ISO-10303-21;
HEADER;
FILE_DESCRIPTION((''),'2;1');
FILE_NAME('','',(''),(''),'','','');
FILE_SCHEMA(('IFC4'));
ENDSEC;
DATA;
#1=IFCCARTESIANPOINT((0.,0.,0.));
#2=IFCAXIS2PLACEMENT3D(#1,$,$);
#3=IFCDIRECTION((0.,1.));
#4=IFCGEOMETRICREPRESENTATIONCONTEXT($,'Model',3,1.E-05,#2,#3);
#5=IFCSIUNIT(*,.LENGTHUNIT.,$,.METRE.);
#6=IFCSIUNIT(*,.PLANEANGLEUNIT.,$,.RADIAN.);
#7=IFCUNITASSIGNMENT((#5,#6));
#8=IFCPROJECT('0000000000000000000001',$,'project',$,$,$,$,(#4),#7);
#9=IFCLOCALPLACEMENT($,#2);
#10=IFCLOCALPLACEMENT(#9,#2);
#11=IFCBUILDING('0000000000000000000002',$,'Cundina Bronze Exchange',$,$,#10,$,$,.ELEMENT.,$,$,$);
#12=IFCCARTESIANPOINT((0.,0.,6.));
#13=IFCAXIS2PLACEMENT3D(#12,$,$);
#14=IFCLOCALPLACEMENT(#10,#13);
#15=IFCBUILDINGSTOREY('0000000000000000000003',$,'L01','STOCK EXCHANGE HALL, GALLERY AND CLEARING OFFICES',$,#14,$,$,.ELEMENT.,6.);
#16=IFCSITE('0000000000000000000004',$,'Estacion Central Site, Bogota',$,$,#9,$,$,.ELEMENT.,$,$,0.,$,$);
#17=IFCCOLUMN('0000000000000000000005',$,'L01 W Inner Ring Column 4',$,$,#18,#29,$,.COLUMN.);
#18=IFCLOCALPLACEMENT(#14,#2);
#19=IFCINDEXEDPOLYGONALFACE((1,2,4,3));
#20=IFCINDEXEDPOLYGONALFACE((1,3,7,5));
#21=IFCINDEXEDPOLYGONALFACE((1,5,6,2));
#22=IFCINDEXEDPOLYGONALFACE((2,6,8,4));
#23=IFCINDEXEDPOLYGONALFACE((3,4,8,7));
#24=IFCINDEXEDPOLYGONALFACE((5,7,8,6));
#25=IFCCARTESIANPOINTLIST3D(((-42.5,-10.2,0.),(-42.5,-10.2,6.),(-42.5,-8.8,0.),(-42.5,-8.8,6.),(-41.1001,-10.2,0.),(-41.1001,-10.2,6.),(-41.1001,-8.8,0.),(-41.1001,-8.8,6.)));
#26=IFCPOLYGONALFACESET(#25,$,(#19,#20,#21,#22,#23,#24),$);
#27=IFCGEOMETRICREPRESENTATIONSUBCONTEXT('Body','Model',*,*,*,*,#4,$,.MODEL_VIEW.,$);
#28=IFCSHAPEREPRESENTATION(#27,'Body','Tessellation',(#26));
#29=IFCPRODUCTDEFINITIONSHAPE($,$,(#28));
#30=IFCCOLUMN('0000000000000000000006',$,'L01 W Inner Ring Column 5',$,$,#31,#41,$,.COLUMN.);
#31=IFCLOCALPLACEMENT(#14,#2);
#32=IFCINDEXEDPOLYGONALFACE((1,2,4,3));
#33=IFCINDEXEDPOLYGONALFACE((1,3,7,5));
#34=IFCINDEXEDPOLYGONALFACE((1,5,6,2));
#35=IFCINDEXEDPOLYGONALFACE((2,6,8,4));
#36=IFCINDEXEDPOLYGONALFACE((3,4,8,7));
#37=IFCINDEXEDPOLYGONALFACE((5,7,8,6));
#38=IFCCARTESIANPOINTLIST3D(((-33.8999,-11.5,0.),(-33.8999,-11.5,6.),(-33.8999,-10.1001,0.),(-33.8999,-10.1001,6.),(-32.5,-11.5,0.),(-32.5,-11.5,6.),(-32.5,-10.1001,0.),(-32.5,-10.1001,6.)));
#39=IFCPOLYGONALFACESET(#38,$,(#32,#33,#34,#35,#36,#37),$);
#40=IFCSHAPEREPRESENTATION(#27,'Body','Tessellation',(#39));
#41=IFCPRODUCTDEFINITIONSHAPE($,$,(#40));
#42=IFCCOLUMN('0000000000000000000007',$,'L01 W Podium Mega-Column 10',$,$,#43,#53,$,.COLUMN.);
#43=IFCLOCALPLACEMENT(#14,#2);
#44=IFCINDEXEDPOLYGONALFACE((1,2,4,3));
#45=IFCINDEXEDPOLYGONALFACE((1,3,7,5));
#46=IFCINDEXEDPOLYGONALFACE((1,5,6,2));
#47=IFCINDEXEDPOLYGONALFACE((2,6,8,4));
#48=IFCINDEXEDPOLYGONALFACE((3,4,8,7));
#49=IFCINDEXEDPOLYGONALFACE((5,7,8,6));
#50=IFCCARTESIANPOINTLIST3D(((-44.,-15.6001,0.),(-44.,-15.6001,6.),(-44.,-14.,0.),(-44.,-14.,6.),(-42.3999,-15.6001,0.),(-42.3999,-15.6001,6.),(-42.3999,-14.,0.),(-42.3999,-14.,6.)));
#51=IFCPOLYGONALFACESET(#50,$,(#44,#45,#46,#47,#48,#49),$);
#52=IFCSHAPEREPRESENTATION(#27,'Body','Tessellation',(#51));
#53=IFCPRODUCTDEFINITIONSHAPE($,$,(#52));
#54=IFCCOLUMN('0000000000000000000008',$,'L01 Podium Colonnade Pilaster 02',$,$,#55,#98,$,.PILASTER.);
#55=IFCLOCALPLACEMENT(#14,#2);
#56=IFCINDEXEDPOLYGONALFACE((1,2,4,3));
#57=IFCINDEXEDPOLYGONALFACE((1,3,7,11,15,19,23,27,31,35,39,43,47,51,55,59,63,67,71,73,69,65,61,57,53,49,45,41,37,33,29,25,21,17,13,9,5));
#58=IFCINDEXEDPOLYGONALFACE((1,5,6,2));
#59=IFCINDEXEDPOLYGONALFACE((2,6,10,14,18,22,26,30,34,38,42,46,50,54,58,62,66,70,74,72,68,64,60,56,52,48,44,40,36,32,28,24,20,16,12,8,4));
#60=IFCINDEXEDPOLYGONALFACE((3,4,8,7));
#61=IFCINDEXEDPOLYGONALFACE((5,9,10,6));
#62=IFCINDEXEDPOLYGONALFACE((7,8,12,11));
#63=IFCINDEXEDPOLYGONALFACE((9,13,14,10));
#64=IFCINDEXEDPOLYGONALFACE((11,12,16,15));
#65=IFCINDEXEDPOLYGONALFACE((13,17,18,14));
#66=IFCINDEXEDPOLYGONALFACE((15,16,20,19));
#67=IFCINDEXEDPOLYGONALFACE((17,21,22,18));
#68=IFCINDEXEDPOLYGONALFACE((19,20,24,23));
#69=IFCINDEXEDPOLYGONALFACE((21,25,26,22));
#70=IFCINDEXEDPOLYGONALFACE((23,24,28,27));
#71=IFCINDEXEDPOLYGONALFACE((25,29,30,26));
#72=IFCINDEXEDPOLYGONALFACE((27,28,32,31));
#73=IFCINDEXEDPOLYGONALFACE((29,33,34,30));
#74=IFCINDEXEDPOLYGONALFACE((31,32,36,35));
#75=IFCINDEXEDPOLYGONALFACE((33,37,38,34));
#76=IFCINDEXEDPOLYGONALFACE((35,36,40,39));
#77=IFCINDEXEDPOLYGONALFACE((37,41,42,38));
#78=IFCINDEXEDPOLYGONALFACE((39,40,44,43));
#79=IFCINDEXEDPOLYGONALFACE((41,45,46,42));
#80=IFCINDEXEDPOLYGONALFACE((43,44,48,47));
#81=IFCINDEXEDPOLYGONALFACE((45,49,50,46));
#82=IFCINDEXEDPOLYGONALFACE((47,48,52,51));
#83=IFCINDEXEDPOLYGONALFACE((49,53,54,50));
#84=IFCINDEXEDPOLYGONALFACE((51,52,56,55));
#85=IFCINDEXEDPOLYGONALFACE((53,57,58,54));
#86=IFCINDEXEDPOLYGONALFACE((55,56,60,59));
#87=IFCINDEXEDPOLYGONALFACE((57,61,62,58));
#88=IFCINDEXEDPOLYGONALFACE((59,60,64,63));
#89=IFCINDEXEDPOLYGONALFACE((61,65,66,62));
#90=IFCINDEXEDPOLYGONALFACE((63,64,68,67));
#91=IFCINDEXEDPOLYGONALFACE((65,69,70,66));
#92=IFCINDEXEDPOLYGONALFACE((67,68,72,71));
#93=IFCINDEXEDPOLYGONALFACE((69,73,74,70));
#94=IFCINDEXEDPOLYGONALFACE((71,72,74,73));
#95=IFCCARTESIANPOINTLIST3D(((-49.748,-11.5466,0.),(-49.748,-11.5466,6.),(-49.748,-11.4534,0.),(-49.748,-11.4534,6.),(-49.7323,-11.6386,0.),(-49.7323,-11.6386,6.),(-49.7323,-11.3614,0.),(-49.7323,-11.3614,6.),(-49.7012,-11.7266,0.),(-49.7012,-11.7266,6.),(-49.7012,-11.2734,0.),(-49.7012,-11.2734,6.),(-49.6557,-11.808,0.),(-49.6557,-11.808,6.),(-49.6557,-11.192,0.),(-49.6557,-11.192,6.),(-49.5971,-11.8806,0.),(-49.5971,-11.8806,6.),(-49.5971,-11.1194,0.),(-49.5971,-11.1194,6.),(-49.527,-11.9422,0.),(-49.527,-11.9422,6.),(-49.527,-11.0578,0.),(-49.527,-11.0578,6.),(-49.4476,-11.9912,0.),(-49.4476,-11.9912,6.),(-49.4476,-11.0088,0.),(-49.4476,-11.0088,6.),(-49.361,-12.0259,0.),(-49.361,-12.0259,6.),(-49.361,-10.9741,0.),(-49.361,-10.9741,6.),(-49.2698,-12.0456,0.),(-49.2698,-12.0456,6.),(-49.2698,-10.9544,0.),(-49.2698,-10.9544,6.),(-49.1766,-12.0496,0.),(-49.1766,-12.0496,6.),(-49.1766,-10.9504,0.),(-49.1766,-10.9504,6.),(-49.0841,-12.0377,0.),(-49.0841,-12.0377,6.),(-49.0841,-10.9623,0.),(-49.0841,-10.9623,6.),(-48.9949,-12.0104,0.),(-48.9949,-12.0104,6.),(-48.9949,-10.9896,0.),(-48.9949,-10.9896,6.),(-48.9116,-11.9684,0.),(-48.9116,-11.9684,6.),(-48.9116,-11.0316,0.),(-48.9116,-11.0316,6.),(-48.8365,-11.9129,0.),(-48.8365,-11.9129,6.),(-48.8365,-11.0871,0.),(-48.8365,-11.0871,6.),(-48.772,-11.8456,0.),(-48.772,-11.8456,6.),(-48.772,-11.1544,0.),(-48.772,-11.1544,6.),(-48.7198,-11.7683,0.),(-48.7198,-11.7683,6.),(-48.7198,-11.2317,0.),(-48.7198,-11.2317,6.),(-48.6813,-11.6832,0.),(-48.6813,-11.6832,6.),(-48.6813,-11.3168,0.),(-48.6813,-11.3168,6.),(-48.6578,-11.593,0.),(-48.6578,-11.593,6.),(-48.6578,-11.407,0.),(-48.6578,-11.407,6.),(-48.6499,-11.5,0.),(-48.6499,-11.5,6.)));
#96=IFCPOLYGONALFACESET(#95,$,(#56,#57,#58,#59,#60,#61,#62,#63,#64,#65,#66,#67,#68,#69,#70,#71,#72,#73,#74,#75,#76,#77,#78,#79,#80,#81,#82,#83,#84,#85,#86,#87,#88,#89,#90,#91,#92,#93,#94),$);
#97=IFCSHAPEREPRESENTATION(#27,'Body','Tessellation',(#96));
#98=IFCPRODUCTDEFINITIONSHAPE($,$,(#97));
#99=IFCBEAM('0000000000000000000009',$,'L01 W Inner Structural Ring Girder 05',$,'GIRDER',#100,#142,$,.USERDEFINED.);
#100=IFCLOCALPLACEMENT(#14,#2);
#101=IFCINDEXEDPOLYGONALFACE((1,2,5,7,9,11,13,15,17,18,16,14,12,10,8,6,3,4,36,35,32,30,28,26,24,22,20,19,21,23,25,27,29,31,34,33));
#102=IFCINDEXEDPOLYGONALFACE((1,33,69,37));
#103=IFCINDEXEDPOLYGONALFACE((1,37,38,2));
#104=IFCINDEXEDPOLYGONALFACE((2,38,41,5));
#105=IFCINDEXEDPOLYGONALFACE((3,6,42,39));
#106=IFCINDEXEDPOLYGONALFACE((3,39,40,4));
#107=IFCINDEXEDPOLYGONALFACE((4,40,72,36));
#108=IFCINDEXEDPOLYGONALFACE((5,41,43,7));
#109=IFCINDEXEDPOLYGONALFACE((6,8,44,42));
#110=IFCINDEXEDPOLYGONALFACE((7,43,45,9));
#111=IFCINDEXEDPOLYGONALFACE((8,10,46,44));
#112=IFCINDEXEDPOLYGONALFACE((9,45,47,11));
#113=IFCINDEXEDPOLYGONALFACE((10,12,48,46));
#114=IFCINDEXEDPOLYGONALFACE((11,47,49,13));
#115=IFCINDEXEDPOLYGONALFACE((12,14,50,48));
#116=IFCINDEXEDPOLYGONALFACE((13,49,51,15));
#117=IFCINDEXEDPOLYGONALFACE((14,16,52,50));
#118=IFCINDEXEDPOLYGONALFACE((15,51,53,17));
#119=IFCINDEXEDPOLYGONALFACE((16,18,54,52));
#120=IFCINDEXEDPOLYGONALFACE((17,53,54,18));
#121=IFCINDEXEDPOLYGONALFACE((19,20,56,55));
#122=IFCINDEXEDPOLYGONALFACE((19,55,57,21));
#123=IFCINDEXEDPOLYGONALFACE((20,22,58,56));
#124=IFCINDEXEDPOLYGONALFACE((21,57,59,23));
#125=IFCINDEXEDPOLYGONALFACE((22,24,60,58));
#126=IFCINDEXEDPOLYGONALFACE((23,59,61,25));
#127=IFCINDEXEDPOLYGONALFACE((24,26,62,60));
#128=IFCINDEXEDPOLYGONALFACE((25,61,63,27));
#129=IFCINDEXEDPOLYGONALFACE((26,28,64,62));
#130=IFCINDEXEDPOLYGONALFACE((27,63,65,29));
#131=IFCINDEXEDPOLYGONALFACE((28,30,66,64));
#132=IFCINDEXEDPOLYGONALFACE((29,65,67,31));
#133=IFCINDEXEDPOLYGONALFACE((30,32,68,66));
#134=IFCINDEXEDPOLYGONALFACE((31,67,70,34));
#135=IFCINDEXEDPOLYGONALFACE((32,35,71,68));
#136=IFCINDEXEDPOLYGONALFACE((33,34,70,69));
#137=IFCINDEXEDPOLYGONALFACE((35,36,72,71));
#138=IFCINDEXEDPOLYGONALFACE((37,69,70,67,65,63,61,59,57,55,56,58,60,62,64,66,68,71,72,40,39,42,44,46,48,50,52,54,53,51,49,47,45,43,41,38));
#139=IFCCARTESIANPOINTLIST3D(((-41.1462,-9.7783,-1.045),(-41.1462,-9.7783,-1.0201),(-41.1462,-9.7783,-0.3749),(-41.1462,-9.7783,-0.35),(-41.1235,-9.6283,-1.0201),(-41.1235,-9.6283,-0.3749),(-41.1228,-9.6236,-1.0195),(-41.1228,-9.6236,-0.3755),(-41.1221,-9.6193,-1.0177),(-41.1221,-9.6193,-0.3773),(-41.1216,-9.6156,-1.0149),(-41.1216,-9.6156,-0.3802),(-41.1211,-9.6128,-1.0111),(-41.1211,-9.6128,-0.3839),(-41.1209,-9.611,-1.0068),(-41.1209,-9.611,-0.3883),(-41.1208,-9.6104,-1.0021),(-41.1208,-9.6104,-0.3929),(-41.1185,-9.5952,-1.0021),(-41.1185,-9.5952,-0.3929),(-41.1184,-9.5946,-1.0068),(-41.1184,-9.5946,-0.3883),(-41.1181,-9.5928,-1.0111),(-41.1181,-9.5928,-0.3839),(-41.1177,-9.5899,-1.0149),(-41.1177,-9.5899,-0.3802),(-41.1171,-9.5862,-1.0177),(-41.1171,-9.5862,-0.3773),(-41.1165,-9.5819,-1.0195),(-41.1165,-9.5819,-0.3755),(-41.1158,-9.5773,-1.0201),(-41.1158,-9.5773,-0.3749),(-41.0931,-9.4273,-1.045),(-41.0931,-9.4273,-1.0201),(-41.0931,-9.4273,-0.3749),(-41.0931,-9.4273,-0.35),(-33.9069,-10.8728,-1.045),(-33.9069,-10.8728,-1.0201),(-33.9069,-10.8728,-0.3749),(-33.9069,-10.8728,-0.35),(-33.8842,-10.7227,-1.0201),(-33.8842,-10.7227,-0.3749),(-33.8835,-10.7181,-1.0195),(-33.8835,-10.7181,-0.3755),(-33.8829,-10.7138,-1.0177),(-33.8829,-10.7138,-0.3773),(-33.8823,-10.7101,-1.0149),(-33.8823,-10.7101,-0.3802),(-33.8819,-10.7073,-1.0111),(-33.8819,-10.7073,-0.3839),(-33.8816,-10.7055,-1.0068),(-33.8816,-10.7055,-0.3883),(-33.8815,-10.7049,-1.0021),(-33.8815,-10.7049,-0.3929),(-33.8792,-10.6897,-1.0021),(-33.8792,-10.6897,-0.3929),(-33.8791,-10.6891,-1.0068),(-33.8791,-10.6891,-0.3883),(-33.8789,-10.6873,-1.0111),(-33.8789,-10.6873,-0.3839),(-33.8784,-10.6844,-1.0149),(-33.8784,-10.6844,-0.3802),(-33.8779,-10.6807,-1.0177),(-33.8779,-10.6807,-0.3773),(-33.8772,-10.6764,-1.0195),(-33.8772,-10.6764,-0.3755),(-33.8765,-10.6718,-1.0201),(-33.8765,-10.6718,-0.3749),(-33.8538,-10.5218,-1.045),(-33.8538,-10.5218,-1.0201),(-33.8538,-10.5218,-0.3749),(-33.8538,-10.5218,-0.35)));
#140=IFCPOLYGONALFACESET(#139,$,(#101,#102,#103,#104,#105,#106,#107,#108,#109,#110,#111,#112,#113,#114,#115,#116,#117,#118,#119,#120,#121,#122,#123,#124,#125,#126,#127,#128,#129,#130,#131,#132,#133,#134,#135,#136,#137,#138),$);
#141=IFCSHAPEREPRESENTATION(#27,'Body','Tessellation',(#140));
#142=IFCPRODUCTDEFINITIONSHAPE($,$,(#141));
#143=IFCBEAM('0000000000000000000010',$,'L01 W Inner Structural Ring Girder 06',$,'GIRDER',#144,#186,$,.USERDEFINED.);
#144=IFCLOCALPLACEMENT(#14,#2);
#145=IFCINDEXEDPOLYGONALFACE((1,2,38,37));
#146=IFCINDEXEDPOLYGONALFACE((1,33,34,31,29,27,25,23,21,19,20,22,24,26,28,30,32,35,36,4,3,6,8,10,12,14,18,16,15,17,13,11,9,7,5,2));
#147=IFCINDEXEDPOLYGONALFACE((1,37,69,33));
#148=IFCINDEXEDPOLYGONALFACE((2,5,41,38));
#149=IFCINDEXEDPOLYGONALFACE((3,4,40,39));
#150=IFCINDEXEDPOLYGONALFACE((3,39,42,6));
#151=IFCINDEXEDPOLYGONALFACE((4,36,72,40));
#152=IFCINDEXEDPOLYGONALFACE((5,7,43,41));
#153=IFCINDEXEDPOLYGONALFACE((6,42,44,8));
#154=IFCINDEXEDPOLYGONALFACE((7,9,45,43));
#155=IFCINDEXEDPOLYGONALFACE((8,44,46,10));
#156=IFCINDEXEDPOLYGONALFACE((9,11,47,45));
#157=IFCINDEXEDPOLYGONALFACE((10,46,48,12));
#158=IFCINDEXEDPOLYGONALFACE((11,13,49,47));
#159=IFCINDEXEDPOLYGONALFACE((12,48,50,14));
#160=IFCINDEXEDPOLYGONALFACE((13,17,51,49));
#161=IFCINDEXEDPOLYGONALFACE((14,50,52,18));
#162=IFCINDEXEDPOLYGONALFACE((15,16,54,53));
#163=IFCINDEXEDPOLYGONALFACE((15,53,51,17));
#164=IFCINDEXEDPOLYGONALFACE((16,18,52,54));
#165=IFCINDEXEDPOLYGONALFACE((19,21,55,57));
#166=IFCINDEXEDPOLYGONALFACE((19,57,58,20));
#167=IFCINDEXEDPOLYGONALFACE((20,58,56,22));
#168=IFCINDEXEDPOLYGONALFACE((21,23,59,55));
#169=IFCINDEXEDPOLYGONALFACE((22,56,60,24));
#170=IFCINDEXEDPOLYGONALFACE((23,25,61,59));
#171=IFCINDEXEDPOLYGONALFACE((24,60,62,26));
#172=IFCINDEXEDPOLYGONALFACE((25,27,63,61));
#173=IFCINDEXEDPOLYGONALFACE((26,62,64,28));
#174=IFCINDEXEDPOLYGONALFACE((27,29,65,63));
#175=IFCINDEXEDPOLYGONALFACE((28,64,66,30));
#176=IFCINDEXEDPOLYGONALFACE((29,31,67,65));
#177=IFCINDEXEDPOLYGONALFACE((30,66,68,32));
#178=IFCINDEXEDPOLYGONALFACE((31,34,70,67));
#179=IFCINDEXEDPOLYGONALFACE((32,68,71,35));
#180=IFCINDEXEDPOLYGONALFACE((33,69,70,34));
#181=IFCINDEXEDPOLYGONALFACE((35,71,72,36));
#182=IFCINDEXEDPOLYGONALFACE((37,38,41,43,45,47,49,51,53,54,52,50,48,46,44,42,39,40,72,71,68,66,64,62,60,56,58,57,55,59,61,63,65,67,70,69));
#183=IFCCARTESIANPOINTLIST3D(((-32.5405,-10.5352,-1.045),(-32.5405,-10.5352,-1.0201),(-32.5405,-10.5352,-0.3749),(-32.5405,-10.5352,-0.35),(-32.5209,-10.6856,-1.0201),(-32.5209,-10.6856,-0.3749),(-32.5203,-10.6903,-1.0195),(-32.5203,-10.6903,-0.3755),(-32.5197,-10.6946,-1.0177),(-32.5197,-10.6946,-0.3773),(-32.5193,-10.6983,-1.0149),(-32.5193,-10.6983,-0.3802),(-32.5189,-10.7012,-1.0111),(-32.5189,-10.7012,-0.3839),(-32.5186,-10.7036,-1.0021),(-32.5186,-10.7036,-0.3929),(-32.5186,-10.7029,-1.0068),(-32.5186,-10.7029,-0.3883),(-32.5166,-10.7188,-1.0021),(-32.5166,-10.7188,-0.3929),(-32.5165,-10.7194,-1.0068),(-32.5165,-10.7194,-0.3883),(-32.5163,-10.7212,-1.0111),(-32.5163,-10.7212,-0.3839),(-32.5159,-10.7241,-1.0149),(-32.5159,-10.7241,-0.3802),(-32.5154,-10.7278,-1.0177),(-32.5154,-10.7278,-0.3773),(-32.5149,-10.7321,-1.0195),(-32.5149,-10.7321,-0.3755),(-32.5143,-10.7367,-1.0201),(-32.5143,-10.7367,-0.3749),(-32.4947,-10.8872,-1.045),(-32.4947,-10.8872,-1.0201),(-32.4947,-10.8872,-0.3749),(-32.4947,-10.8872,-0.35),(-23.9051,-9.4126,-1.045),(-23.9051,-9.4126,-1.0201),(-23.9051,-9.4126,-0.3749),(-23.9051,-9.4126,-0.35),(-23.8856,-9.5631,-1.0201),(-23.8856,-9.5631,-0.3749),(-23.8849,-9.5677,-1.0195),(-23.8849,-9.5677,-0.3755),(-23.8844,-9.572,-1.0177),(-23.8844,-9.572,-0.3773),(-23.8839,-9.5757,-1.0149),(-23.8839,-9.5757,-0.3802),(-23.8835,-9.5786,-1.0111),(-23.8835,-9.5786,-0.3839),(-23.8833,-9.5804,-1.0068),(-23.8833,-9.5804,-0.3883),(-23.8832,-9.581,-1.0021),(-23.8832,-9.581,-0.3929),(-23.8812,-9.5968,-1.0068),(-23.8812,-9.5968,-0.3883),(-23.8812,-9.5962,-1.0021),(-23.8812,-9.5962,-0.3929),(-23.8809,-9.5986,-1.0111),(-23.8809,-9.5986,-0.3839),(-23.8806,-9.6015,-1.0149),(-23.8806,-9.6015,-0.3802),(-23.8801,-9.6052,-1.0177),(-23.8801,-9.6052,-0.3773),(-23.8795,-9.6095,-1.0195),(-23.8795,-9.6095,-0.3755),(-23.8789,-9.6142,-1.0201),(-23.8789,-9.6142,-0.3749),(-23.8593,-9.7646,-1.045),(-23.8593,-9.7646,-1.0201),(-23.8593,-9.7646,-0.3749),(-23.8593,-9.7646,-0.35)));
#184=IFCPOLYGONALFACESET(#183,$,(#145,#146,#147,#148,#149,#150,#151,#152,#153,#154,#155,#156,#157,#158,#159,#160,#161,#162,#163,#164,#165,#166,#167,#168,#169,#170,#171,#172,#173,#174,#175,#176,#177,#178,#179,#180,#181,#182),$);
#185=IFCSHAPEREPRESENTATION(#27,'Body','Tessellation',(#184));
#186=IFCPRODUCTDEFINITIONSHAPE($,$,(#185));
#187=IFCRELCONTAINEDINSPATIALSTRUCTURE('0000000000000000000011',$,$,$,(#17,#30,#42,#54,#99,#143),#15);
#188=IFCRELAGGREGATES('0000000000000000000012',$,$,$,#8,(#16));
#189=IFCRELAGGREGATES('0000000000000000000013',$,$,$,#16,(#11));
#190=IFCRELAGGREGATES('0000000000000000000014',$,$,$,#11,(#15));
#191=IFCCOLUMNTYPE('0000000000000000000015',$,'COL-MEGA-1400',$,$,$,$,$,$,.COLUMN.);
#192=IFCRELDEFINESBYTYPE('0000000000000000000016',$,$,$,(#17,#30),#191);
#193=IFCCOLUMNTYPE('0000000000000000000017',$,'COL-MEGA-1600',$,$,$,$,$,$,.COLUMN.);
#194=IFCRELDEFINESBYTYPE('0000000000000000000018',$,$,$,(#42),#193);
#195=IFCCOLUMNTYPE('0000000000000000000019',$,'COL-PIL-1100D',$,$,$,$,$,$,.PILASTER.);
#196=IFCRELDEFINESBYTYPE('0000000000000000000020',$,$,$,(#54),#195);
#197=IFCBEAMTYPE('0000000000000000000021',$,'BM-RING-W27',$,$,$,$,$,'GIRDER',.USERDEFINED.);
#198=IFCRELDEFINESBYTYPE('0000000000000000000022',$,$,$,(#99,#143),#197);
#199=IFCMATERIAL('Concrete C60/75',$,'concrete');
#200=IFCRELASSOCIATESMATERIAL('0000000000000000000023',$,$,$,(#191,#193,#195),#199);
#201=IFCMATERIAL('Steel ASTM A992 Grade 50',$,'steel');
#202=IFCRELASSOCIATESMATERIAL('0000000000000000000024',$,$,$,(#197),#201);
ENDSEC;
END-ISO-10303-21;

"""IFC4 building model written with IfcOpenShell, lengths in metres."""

from ifc_helpers import new_model, si_unit, direction, frame, origin, origin_2d, place, context, subcontext, project, spatial, rectangle, circle, i_section, extrude, material, material_profile, profile_set, type_object, element, save


model = new_model("IFC4")

# Units and contexts
model_context = context("Model", 3, precision=1e-05, world=origin(), true_north=direction((0.0, 1.0)))
body_context = subcontext(model_context, "Body", "Model", "MODEL_VIEW")
ifc_project = project(units=[si_unit("LENGTHUNIT", "METRE"), si_unit("PLANEANGLEUNIT", "RADIAN")], contexts=[model_context])

# Site, building, storey
site_placement = place(None, origin())
site = spatial("IfcSite", under=ifc_project, at=site_placement, Name="Estacion Central Site, Bogota", CompositionType="ELEMENT", RefElevation=0.0)
building_placement = place(site_placement, origin())
building = spatial("IfcBuilding", under=site, at=building_placement, Name="Cundina Bronze Exchange", CompositionType="ELEMENT")
storey_placement = place(building_placement, frame((0.0, 0.0, 6.0)))
storey = spatial("IfcBuildingStorey", under=building, at=storey_placement, Name="L01", Description="STOCK EXCHANGE HALL, GALLERY AND CLEARING OFFICES", CompositionType="ELEMENT", Elevation=6.0)

# Columns
ifc_material_1 = material(Name="Concrete C60/75", Category="concrete")
ifc_material_profile_1 = material_profile(ifc_material_1, rectangle(XDim=1.3999, YDim=1.3999, at=origin_2d()), Name="RC1400X1400", Category="concrete")
ifc_profile_set_1 = profile_set([ifc_material_profile_1], Name="Concrete C60/75")
column_type_1 = type_object("IfcColumnType", Name="COL-MEGA-1400", PredefinedType="COLUMN", material=ifc_profile_set_1)
for number, where, z_axis, x_axis, name in (
    (1, (-41.8, -9.5, 0.0), (0.0, 0.0, 1.0), (1.0, 0.0, 0.0), "L01 W Inner Ring Column 4"),
    (2, (-33.2, -10.8, 0.0), (0.0, 0.0, 1.0), (1.0, 0.0, 0.0), "L01 W Inner Ring Column 5"),
):
    element("IfcColumn", number, at=place(storey_placement, frame(where, z_axis=z_axis, x_axis=x_axis)), inside=storey, type_object=column_type_1, Name=name, PredefinedType="COLUMN", context=body_context, shape_type="SweptSolid", body=[
        extrude(rectangle(XDim=1.3999, YDim=1.3999, at=origin_2d()), origin(), (0.0, 0.0, 1.0), 6.0),
    ])
ifc_material_profile_2 = material_profile(ifc_material_1, rectangle(XDim=1.6001, YDim=1.6001, at=origin_2d()), Name="RC1600X1600", Category="concrete")
ifc_profile_set_2 = profile_set([ifc_material_profile_2], Name="Concrete C60/75")
column_type_2 = type_object("IfcColumnType", Name="COL-MEGA-1600", PredefinedType="COLUMN", material=ifc_profile_set_2)
column_1_placement = place(storey_placement, frame((-43.2, -14.8, 0.0), z_axis=(0.0, 0.0, 1.0), x_axis=(1.0, 0.0, 0.0)))
element("IfcColumn", 3, at=column_1_placement, inside=storey, type_object=column_type_2, Name="L01 W Podium Mega-Column 10", PredefinedType="COLUMN", context=body_context, shape_type="SweptSolid", body=[
    extrude(rectangle(XDim=1.6001, YDim=1.6001, at=origin_2d()), origin(), (0.0, 0.0, 1.0), 6.0),
])
ifc_material_profile_3 = material_profile(ifc_material_1, circle(Radius=0.55, at=origin_2d()), Name="RC1100D", Category="concrete")
ifc_profile_set_3 = profile_set([ifc_material_profile_3], Name="Concrete C60/75")
column_type_3 = type_object("IfcColumnType", Name="COL-PIL-1100D", PredefinedType="PILASTER", material=ifc_profile_set_3)
column_2_placement = place(storey_placement, frame((-49.2, -11.5, 0.0), z_axis=(0.0, 0.0, 1.0), x_axis=(1.0, 0.0, 0.0)))
element("IfcColumn", 4, at=column_2_placement, inside=storey, type_object=column_type_3, Name="L01 Podium Colonnade Pilaster 02", PredefinedType="PILASTER", context=body_context, shape_type="SweptSolid", body=[
    extrude(circle(Radius=0.55, at=origin_2d()), origin(), (0.0, 0.0, 1.0), 6.0),
])

# Beams
ifc_material_2 = material(Name="Steel ASTM A992 Grade 50", Category="steel")
ifc_material_profile_4 = material_profile(ifc_material_2, i_section(OverallWidth=0.355, OverallDepth=0.6951, WebThickness=0.0154, FlangeThickness=0.0249, FilletRadius=0.0181, at=origin_2d()), Name="W27X146", Category="steel")
ifc_profile_set_4 = profile_set([ifc_material_profile_4], Name="Steel ASTM A992 Grade 50")
beam_type_1 = type_object("IfcBeamType", Name="BM-RING-W27", ElementType="GIRDER", PredefinedType="USERDEFINED", material=ifc_profile_set_4)
beam_1_placement = place(storey_placement, frame((-41.1196, -9.6028, -0.6975), z_axis=(0.988763, -0.149488, 0.0), x_axis=(0.149488, 0.988763, 0.0)))
element("IfcBeam", 5, at=beam_1_placement, inside=storey, type_object=beam_type_1, Name="L01 W Inner Structural Ring Girder 05", ObjectType="GIRDER", PredefinedType="USERDEFINED", context=body_context, shape_type="SweptSolid", body=[
    extrude(i_section(OverallWidth=0.355, OverallDepth=0.6951, WebThickness=0.0154, FlangeThickness=0.0249, FilletRadius=0.0181, at=origin_2d()), origin(), (0.0, 0.0, 1.0), 7.3215),
])
beam_2_placement = place(storey_placement, frame((-32.5176, -10.7112, -0.6975), z_axis=(0.991656, 0.128912, 0.0), x_axis=(-0.128912, 0.991656, 0.0)))
element("IfcBeam", 6, at=beam_2_placement, inside=storey, type_object=beam_type_1, Name="L01 W Inner Structural Ring Girder 06", ObjectType="GIRDER", PredefinedType="USERDEFINED", context=body_context, shape_type="SweptSolid", body=[
    extrude(i_section(OverallWidth=0.355, OverallDepth=0.6951, WebThickness=0.0154, FlangeThickness=0.0249, FilletRadius=0.0181, at=origin_2d()), origin(), (0.0, 0.0, 1.0), 8.708),
])

save(model, "model.ifc")
